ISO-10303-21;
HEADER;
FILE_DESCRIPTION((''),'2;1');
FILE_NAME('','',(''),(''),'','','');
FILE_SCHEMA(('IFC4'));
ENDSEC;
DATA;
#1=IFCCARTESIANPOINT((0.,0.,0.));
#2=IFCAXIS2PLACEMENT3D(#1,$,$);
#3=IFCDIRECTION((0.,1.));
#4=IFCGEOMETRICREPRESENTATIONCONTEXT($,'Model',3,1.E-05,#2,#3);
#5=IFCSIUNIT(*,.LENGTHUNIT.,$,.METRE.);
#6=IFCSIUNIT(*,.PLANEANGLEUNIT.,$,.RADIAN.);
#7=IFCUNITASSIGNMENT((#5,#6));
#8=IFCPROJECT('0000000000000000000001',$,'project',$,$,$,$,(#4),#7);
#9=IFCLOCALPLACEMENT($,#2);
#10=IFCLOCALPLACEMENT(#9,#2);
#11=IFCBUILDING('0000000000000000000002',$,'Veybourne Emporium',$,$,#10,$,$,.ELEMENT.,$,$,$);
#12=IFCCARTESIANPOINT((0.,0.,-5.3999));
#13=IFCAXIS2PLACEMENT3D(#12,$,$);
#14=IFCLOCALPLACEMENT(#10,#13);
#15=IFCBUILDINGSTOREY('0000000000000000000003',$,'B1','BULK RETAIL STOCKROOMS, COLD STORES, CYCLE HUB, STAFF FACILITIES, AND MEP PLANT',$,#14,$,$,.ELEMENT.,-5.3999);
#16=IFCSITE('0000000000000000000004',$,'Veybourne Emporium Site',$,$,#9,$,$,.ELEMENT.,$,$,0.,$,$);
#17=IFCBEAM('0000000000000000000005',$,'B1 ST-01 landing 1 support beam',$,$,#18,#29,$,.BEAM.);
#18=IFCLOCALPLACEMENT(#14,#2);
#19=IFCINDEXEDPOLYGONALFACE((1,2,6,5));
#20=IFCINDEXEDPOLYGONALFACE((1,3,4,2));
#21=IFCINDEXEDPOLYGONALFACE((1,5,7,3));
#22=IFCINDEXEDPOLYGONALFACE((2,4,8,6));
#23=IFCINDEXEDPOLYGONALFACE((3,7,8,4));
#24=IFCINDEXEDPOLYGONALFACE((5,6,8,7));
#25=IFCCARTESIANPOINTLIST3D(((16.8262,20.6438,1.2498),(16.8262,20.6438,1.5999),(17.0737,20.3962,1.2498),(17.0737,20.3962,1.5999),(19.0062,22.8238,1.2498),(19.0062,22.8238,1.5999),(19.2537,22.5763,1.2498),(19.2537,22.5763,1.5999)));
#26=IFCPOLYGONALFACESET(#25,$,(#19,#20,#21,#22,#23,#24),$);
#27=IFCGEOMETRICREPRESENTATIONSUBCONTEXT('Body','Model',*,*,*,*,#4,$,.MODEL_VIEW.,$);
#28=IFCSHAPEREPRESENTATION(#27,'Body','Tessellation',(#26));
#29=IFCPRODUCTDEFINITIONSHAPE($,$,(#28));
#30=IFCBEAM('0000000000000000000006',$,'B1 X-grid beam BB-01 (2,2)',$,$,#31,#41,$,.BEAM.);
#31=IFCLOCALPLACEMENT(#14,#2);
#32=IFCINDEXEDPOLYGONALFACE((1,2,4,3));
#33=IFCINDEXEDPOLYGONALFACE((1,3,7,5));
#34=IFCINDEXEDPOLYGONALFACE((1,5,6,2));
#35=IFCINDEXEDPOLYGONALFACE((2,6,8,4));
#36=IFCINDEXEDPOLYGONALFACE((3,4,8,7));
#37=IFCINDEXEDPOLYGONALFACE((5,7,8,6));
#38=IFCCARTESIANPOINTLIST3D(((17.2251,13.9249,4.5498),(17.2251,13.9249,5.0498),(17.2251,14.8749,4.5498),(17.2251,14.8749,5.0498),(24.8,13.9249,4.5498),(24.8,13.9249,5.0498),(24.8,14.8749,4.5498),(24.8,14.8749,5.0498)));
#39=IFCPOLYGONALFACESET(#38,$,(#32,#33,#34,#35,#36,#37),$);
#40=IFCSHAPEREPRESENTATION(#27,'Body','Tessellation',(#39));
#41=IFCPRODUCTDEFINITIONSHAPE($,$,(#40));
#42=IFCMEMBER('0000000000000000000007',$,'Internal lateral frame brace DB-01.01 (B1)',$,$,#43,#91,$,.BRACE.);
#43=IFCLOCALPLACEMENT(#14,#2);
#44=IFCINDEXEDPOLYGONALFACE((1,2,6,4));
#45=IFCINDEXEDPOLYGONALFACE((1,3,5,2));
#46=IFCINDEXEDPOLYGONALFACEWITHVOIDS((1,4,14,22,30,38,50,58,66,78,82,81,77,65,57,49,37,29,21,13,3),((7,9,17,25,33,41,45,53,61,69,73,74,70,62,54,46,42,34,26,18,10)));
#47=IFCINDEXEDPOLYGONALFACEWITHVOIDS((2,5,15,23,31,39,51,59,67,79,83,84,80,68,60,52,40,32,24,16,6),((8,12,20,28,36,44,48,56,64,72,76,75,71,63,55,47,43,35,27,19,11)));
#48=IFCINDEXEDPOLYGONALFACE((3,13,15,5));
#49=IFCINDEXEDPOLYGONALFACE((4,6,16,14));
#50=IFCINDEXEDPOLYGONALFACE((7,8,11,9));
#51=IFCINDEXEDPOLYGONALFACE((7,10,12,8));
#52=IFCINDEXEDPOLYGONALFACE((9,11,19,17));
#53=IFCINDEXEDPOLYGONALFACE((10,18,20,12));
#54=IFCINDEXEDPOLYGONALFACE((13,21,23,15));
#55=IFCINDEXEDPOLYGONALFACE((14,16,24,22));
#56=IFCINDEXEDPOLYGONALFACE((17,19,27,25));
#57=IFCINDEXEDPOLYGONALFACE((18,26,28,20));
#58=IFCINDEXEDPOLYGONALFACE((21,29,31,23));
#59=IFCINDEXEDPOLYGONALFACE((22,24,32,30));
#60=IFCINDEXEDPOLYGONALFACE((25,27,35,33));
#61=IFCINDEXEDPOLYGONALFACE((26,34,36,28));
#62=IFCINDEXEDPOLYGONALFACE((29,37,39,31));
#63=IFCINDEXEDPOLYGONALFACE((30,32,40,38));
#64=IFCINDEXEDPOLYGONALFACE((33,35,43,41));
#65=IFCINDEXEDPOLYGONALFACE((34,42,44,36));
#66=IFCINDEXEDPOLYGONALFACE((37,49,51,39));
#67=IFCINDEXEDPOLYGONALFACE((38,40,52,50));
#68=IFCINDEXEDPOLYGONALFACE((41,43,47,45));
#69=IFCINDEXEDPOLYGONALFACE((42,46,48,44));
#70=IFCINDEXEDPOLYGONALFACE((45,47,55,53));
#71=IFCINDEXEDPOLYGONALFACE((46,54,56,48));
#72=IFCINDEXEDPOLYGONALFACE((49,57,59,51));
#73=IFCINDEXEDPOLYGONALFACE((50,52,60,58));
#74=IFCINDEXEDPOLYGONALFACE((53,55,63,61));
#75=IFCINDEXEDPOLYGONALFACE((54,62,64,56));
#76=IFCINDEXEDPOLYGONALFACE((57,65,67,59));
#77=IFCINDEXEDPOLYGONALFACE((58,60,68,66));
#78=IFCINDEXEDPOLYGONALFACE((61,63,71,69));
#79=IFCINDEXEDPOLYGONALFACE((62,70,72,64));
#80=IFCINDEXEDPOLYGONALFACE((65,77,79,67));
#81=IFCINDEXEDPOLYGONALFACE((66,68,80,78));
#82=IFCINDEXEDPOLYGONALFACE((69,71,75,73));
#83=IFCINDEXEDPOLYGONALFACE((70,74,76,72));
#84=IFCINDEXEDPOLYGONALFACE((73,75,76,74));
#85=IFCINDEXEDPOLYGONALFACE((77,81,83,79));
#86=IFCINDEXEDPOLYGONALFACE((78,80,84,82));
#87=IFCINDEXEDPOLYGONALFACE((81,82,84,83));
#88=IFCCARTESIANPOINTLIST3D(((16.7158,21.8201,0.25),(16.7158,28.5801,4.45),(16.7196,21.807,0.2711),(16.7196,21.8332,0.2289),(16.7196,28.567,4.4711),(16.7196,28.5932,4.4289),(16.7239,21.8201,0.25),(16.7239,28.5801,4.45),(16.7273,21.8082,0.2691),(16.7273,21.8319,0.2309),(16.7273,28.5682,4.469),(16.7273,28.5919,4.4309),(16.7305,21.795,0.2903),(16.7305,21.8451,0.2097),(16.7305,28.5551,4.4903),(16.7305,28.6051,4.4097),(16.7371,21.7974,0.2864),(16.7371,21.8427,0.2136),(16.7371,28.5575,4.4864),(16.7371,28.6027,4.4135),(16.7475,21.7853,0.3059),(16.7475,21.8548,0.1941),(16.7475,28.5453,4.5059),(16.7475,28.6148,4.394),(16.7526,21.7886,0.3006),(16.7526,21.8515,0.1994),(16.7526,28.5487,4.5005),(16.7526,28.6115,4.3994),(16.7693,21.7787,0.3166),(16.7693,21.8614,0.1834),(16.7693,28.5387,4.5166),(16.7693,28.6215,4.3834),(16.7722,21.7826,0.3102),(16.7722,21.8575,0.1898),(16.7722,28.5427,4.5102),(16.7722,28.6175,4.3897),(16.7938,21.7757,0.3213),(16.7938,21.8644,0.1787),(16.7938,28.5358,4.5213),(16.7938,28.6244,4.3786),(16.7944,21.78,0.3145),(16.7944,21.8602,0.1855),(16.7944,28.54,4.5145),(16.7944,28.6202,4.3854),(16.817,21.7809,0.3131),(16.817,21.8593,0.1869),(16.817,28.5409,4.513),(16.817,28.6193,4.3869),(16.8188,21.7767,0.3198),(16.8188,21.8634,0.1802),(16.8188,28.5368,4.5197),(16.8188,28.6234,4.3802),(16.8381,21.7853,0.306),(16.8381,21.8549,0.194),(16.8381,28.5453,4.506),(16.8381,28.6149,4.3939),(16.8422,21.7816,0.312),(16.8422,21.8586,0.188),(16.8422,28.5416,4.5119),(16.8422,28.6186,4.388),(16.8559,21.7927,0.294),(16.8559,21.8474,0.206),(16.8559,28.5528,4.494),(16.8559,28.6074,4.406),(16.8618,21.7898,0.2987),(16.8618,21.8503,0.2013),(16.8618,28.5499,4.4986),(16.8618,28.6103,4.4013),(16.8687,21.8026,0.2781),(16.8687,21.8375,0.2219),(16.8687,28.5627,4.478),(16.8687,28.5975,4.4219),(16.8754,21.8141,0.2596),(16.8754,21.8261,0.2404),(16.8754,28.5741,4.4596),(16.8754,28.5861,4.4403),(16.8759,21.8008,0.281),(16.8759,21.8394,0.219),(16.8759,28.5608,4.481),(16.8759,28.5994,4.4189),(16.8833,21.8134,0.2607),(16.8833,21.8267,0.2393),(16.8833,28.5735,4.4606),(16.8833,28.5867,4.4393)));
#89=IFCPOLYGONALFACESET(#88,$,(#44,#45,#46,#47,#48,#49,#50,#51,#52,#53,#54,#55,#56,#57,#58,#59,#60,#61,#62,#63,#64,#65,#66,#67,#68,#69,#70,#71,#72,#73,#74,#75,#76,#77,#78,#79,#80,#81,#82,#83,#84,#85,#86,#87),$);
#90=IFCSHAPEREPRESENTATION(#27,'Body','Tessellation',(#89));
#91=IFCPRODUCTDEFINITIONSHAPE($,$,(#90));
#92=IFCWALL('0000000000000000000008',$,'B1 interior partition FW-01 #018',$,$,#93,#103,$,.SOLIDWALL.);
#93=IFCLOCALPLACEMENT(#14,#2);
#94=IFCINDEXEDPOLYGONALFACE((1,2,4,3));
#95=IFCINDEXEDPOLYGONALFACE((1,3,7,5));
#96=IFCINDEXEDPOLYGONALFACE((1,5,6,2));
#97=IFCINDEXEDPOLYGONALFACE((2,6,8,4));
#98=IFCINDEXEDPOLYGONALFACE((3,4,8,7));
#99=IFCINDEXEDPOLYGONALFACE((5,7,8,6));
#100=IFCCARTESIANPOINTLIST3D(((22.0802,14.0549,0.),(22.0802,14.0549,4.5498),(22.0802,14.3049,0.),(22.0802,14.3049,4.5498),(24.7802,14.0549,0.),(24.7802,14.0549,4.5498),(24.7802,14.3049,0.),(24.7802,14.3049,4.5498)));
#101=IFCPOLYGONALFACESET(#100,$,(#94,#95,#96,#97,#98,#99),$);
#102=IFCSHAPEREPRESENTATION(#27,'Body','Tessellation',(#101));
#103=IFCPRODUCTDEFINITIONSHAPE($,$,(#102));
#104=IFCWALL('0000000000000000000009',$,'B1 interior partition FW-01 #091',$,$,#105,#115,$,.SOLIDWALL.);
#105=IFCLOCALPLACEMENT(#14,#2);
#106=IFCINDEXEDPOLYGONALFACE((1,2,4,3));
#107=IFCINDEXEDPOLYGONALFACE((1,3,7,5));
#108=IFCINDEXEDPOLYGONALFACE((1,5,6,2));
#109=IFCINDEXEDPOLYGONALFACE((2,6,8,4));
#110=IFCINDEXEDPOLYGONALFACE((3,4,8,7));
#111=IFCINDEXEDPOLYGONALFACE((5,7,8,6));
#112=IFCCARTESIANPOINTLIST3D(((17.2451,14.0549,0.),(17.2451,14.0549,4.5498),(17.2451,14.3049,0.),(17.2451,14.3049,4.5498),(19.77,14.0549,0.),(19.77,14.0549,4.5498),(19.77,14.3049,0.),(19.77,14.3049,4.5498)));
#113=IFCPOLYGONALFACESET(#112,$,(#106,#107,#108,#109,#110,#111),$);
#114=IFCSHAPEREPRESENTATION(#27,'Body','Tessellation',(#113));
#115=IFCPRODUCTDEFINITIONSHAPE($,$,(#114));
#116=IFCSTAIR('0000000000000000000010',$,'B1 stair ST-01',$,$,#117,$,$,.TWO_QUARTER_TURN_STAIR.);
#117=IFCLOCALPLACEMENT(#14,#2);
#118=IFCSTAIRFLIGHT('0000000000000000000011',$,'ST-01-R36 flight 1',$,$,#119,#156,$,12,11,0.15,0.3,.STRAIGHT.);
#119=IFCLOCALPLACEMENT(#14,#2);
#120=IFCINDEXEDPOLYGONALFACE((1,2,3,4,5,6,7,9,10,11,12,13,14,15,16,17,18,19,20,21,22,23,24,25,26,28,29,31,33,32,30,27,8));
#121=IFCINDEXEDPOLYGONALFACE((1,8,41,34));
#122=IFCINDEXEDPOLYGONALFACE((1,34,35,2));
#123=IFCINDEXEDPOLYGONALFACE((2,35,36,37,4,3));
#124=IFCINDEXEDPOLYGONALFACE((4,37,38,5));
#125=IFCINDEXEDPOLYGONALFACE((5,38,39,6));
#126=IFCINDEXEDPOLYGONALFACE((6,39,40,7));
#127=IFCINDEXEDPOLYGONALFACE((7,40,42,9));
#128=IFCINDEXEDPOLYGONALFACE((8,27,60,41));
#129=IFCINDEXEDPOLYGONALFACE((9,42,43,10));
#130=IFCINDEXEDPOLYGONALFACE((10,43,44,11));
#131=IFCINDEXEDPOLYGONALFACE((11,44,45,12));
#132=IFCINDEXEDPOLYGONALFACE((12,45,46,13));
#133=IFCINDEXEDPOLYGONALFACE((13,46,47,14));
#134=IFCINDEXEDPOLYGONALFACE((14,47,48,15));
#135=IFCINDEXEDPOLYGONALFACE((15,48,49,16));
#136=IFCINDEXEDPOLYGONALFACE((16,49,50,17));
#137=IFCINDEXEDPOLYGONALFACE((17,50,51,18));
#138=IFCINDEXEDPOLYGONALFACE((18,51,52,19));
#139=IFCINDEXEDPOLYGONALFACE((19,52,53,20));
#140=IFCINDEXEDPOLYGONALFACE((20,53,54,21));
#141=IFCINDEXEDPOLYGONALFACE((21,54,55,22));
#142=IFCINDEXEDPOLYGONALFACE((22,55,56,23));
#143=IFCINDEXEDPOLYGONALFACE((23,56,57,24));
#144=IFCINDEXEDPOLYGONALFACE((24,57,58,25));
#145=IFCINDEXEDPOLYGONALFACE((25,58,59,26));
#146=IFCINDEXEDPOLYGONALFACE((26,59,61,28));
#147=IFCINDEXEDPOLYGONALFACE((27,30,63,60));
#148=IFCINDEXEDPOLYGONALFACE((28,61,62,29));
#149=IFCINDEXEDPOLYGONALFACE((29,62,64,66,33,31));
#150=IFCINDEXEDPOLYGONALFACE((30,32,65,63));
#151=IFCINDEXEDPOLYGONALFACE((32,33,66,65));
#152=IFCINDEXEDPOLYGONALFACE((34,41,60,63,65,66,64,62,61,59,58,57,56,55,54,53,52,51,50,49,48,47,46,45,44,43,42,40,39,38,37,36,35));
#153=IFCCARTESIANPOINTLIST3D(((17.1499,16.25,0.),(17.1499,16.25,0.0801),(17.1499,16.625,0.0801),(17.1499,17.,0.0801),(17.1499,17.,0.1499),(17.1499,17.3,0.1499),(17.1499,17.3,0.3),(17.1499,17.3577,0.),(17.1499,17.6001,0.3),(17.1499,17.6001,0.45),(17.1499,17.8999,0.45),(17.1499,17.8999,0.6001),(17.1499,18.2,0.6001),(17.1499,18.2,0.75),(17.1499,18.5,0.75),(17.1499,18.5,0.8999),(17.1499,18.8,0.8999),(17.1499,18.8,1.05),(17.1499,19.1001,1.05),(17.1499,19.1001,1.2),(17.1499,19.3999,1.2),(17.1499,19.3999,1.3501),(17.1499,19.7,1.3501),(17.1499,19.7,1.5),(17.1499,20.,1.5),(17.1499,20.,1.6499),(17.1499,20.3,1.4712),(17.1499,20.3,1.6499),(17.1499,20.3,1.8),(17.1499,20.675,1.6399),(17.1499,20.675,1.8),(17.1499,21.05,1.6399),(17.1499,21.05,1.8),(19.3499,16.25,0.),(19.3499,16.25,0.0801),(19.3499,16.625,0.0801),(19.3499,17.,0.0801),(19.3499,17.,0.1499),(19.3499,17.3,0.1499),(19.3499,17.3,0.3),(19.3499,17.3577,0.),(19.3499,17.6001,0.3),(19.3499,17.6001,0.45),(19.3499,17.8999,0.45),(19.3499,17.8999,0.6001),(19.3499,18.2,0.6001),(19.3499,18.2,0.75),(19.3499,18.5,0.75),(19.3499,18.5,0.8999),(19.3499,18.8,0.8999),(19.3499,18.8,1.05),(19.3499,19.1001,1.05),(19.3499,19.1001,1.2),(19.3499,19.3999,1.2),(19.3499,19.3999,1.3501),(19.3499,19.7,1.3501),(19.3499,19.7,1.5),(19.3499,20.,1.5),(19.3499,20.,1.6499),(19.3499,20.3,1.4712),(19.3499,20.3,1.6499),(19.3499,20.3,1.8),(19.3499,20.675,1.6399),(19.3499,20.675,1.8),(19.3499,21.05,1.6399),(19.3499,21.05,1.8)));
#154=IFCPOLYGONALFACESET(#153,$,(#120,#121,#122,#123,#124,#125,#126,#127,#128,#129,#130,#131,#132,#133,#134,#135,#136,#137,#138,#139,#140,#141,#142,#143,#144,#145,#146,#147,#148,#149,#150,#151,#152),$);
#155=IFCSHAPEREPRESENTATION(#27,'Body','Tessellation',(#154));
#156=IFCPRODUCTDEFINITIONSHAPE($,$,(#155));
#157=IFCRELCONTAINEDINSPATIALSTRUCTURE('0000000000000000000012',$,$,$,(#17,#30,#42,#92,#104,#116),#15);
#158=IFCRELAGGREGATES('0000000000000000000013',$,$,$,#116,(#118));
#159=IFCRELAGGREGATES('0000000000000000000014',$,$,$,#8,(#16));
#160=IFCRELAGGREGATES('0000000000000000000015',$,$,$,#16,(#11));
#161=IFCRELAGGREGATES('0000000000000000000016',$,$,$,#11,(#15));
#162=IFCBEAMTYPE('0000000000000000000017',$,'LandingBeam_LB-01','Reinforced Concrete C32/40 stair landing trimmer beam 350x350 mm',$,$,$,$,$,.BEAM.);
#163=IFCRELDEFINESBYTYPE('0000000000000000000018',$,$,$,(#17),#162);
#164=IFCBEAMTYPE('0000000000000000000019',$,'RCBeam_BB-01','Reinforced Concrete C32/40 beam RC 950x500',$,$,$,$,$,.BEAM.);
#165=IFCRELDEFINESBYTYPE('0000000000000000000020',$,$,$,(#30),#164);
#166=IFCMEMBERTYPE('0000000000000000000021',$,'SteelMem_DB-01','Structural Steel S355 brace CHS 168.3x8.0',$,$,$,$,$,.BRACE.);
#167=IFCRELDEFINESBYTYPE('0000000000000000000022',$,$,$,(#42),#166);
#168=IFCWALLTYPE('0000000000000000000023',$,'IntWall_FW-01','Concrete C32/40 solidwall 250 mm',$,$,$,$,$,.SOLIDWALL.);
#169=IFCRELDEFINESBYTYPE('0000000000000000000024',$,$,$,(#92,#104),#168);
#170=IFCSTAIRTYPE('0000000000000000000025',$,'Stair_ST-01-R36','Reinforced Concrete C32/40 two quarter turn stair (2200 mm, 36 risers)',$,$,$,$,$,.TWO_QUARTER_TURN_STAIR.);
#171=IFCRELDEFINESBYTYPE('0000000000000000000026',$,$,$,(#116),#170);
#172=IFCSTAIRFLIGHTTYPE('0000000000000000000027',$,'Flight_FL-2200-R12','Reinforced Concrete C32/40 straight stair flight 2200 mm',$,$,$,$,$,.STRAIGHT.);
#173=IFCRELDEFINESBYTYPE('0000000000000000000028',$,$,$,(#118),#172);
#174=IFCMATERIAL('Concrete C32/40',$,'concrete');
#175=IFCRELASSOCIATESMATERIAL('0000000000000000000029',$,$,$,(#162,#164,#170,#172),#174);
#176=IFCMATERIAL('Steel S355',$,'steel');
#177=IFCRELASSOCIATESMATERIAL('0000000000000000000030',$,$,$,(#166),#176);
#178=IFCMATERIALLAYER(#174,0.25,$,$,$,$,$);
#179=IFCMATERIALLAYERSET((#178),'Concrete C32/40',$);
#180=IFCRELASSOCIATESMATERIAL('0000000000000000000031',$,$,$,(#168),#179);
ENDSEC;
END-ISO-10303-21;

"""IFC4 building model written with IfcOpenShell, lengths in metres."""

from ifc_helpers import new_model, si_unit, direction, frame, frame_2d, origin, origin_2d, place, context, subcontext, project, spatial, polyline, rectangle, hollow_circle, outline, extrude, material, layer, layer_set, material_profile, profile_set, type_object, element, aggregate, save


model = new_model("IFC4")

# Units and contexts
model_context = context("Model", 3, precision=1e-05, world=origin(), true_north=direction((0.0, 1.0)))
body_context = subcontext(model_context, "Body", "Model", "MODEL_VIEW")
ifc_project = project(units=[si_unit("LENGTHUNIT", "METRE"), si_unit("PLANEANGLEUNIT", "RADIAN")], contexts=[model_context])

# Site, building, storey
site_placement = place(None, origin())
site = spatial("IfcSite", under=ifc_project, at=site_placement, Name="Veybourne Emporium Site", CompositionType="ELEMENT", RefElevation=0.0)
building_placement = place(site_placement, origin())
building = spatial("IfcBuilding", under=site, at=building_placement, Name="Veybourne Emporium", CompositionType="ELEMENT")
storey_placement = place(building_placement, frame((0.0, 0.0, -5.3999)))
storey = spatial("IfcBuildingStorey", under=building, at=storey_placement, Name="B1", Description="BULK RETAIL STOCKROOMS, COLD STORES, CYCLE HUB, STAFF FACILITIES, AND MEP PLANT", CompositionType="ELEMENT", Elevation=-5.3999)

# Beams
ifc_material_1 = material(Name="Concrete C32/40", Category="concrete")
ifc_material_profile_1 = material_profile(ifc_material_1, rectangle(XDim=0.3501, YDim=0.3501, at=origin_2d()), Name="RC 350x350")
ifc_profile_set_1 = profile_set([ifc_material_profile_1], Name="Concrete C32/40")
beam_type_1 = type_object("IfcBeamType", Name="LandingBeam_LB-01", Description="Reinforced Concrete C32/40 stair landing trimmer beam 350x350 mm", PredefinedType="BEAM", material=ifc_profile_set_1)
beam_1_placement = place(storey_placement, frame((16.95, 20.52, 1.4248), z_axis=(0.707107, 0.707107, 0.0), x_axis=(-0.707107, 0.707107, 0.0)))
element("IfcBeam", 1, at=beam_1_placement, inside=storey, type_object=beam_type_1, Name="B1 ST-01 landing 1 support beam", PredefinedType="BEAM", context=body_context, shape_type="SweptSolid", body=[
    extrude(rectangle(XDim=0.3501, YDim=0.3501, at=origin_2d()), origin(), (0.0, 0.0, 1.0), 3.083),
])
ifc_material_profile_2 = material_profile(ifc_material_1, rectangle(XDim=0.95, YDim=0.5, at=origin_2d()), Name="RC 950x500")
ifc_profile_set_2 = profile_set([ifc_material_profile_2], Name="Concrete C32/40")
beam_type_2 = type_object("IfcBeamType", Name="RCBeam_BB-01", Description="Reinforced Concrete C32/40 beam RC 950x500", PredefinedType="BEAM", material=ifc_profile_set_2)
beam_2_placement = place(storey_placement, frame((17.2251, 14.3999, 4.7998), z_axis=(1.0, 0.0, 0.0), x_axis=(0.0, 1.0, 0.0)))
element("IfcBeam", 2, at=beam_2_placement, inside=storey, type_object=beam_type_2, Name="B1 X-grid beam BB-01 (2,2)", PredefinedType="BEAM", context=body_context, shape_type="SweptSolid", body=[
    extrude(rectangle(XDim=0.95, YDim=0.5, at=origin_2d()), origin(), (0.0, 0.0, 1.0), 7.575),
])

# Member
ifc_material_2 = material(Name="Steel S355", Category="steel")
ifc_material_profile_3 = material_profile(ifc_material_2, hollow_circle(Radius=0.0842, WallThickness=0.0081, at=origin_2d()), Name="CHS 168.3x8.0")
ifc_profile_set_3 = profile_set([ifc_material_profile_3], Name="Steel S355")
member_type = type_object("IfcMemberType", Name="SteelMem_DB-01", Description="Structural Steel S355 brace CHS 168.3x8.0", PredefinedType="BRACE", material=ifc_profile_set_3)
member_placement = place(storey_placement, frame((16.8, 21.8201, 0.25), z_axis=(0.0, 0.84941, 0.527733), x_axis=(-1.0, 0.0, 0.0)))
element("IfcMember", 3, at=member_placement, inside=storey, type_object=member_type, Name="Internal lateral frame brace DB-01.01 (B1)", PredefinedType="BRACE", context=body_context, shape_type="SweptSolid", body=[
    extrude(hollow_circle(Radius=0.0842, WallThickness=0.0081, at=origin_2d()), origin(), (0.0, 0.0, 1.0), 7.9585),
])

# Walls
ifc_layer = layer(ifc_material_1, 0.25)
ifc_layer_set = layer_set([ifc_layer], Name="Concrete C32/40")
wall_type = type_object("IfcWallType", Name="IntWall_FW-01", Description="Concrete C32/40 solidwall 250 mm", PredefinedType="SOLIDWALL", material=ifc_layer_set)
wall_1_placement = place(storey_placement, frame((22.0801, 14.1799, 0.0), z_axis=(0.0, 0.0, 1.0), x_axis=(1.0, 0.0, 0.0)))
element("IfcWall", 4, at=wall_1_placement, inside=storey, type_object=wall_type, Name="B1 interior partition FW-01 #018", PredefinedType="SOLIDWALL", context=body_context, shape_type="SweptSolid", body=[
    extrude(rectangle(XDim=2.7, YDim=0.25, at=frame_2d((1.3501, 0.0))), origin(), (0.0, 0.0, 1.0), 4.5498),
])
wall_2_placement = place(storey_placement, frame((17.2451, 14.1799, 0.0), z_axis=(0.0, 0.0, 1.0), x_axis=(1.0, 0.0, 0.0)))
element("IfcWall", 5, at=wall_2_placement, inside=storey, type_object=wall_type, Name="B1 interior partition FW-01 #091", PredefinedType="SOLIDWALL", context=body_context, shape_type="SweptSolid", body=[
    extrude(rectangle(XDim=2.5249, YDim=0.25, at=frame_2d((1.2625, 0.0))), origin(), (0.0, 0.0, 1.0), 4.5498),
])

# Stair, stair flight
stair_type = type_object("IfcStairType", Name="Stair_ST-01-R36", Description="Reinforced Concrete C32/40 two quarter turn stair (2200 mm, 36 risers)", PredefinedType="TWO_QUARTER_TURN_STAIR", material=ifc_material_1)
stair_placement = place(storey_placement, origin())
stair = element("IfcStair", 6, at=stair_placement, inside=storey, type_object=stair_type, Name="B1 stair ST-01", PredefinedType="TWO_QUARTER_TURN_STAIR")
stair_flight_type = type_object("IfcStairFlightType", Name="Flight_FL-2200-R12", Description="Reinforced Concrete C32/40 straight stair flight 2200 mm", PredefinedType="STRAIGHT", material=ifc_material_1)
stair_flight_1_placement = place(storey_placement, frame((18.25, 17.0, 0.0), z_axis=(0.0, 0.0, 1.0), x_axis=(0.0, 1.0, 0.0)))
stair_flight_1 = element("IfcStairFlight", 7, at=stair_flight_1_placement, type_object=stair_flight_type, Name="ST-01-R36 flight 1", NumberOfRisers=12, NumberOfTreads=11, PredefinedType="STRAIGHT", RiserHeight=0.15, TreadLength=0.3, context=body_context, shape_type="SweptSolid", body=[
    extrude(outline(polyline([(-0.75, 0.0), (-0.75, 0.0801), (-0.375, 0.0801), (0.0, 0.0801), (0.0, 0.1499), (0.3, 0.1499), (0.3, 0.3), (0.6001, 0.3), (0.6001, 0.45), (0.8999, 0.45), (0.8999, 0.6001), (1.2, 0.6001), (1.2, 0.75), (1.5, 0.75), (1.5, 0.8999), (1.8, 0.8999), (1.8, 1.05), (2.1001, 1.05), (2.1001, 1.2), (2.3999, 1.2), (2.3999, 1.3501), (2.7, 1.3501), (2.7, 1.5), (3.0, 1.5), (3.0, 1.6499), (3.3, 1.6499), (3.3, 1.8), (3.675, 1.8), (4.05, 1.8), (4.05, 1.6399), (3.675, 1.6399), (3.3, 1.4712), (0.3577, 0.0), (-0.75, 0.0)])), frame((0.0, 1.1001, 0.0), z_axis=(0.0, -1.0, 0.0), x_axis=(1.0, 0.0, 0.0)), (0.0, 0.0, 1.0), 2.2),
])
aggregate(stair, [stair_flight_1])

save(model, "model.ifc")
